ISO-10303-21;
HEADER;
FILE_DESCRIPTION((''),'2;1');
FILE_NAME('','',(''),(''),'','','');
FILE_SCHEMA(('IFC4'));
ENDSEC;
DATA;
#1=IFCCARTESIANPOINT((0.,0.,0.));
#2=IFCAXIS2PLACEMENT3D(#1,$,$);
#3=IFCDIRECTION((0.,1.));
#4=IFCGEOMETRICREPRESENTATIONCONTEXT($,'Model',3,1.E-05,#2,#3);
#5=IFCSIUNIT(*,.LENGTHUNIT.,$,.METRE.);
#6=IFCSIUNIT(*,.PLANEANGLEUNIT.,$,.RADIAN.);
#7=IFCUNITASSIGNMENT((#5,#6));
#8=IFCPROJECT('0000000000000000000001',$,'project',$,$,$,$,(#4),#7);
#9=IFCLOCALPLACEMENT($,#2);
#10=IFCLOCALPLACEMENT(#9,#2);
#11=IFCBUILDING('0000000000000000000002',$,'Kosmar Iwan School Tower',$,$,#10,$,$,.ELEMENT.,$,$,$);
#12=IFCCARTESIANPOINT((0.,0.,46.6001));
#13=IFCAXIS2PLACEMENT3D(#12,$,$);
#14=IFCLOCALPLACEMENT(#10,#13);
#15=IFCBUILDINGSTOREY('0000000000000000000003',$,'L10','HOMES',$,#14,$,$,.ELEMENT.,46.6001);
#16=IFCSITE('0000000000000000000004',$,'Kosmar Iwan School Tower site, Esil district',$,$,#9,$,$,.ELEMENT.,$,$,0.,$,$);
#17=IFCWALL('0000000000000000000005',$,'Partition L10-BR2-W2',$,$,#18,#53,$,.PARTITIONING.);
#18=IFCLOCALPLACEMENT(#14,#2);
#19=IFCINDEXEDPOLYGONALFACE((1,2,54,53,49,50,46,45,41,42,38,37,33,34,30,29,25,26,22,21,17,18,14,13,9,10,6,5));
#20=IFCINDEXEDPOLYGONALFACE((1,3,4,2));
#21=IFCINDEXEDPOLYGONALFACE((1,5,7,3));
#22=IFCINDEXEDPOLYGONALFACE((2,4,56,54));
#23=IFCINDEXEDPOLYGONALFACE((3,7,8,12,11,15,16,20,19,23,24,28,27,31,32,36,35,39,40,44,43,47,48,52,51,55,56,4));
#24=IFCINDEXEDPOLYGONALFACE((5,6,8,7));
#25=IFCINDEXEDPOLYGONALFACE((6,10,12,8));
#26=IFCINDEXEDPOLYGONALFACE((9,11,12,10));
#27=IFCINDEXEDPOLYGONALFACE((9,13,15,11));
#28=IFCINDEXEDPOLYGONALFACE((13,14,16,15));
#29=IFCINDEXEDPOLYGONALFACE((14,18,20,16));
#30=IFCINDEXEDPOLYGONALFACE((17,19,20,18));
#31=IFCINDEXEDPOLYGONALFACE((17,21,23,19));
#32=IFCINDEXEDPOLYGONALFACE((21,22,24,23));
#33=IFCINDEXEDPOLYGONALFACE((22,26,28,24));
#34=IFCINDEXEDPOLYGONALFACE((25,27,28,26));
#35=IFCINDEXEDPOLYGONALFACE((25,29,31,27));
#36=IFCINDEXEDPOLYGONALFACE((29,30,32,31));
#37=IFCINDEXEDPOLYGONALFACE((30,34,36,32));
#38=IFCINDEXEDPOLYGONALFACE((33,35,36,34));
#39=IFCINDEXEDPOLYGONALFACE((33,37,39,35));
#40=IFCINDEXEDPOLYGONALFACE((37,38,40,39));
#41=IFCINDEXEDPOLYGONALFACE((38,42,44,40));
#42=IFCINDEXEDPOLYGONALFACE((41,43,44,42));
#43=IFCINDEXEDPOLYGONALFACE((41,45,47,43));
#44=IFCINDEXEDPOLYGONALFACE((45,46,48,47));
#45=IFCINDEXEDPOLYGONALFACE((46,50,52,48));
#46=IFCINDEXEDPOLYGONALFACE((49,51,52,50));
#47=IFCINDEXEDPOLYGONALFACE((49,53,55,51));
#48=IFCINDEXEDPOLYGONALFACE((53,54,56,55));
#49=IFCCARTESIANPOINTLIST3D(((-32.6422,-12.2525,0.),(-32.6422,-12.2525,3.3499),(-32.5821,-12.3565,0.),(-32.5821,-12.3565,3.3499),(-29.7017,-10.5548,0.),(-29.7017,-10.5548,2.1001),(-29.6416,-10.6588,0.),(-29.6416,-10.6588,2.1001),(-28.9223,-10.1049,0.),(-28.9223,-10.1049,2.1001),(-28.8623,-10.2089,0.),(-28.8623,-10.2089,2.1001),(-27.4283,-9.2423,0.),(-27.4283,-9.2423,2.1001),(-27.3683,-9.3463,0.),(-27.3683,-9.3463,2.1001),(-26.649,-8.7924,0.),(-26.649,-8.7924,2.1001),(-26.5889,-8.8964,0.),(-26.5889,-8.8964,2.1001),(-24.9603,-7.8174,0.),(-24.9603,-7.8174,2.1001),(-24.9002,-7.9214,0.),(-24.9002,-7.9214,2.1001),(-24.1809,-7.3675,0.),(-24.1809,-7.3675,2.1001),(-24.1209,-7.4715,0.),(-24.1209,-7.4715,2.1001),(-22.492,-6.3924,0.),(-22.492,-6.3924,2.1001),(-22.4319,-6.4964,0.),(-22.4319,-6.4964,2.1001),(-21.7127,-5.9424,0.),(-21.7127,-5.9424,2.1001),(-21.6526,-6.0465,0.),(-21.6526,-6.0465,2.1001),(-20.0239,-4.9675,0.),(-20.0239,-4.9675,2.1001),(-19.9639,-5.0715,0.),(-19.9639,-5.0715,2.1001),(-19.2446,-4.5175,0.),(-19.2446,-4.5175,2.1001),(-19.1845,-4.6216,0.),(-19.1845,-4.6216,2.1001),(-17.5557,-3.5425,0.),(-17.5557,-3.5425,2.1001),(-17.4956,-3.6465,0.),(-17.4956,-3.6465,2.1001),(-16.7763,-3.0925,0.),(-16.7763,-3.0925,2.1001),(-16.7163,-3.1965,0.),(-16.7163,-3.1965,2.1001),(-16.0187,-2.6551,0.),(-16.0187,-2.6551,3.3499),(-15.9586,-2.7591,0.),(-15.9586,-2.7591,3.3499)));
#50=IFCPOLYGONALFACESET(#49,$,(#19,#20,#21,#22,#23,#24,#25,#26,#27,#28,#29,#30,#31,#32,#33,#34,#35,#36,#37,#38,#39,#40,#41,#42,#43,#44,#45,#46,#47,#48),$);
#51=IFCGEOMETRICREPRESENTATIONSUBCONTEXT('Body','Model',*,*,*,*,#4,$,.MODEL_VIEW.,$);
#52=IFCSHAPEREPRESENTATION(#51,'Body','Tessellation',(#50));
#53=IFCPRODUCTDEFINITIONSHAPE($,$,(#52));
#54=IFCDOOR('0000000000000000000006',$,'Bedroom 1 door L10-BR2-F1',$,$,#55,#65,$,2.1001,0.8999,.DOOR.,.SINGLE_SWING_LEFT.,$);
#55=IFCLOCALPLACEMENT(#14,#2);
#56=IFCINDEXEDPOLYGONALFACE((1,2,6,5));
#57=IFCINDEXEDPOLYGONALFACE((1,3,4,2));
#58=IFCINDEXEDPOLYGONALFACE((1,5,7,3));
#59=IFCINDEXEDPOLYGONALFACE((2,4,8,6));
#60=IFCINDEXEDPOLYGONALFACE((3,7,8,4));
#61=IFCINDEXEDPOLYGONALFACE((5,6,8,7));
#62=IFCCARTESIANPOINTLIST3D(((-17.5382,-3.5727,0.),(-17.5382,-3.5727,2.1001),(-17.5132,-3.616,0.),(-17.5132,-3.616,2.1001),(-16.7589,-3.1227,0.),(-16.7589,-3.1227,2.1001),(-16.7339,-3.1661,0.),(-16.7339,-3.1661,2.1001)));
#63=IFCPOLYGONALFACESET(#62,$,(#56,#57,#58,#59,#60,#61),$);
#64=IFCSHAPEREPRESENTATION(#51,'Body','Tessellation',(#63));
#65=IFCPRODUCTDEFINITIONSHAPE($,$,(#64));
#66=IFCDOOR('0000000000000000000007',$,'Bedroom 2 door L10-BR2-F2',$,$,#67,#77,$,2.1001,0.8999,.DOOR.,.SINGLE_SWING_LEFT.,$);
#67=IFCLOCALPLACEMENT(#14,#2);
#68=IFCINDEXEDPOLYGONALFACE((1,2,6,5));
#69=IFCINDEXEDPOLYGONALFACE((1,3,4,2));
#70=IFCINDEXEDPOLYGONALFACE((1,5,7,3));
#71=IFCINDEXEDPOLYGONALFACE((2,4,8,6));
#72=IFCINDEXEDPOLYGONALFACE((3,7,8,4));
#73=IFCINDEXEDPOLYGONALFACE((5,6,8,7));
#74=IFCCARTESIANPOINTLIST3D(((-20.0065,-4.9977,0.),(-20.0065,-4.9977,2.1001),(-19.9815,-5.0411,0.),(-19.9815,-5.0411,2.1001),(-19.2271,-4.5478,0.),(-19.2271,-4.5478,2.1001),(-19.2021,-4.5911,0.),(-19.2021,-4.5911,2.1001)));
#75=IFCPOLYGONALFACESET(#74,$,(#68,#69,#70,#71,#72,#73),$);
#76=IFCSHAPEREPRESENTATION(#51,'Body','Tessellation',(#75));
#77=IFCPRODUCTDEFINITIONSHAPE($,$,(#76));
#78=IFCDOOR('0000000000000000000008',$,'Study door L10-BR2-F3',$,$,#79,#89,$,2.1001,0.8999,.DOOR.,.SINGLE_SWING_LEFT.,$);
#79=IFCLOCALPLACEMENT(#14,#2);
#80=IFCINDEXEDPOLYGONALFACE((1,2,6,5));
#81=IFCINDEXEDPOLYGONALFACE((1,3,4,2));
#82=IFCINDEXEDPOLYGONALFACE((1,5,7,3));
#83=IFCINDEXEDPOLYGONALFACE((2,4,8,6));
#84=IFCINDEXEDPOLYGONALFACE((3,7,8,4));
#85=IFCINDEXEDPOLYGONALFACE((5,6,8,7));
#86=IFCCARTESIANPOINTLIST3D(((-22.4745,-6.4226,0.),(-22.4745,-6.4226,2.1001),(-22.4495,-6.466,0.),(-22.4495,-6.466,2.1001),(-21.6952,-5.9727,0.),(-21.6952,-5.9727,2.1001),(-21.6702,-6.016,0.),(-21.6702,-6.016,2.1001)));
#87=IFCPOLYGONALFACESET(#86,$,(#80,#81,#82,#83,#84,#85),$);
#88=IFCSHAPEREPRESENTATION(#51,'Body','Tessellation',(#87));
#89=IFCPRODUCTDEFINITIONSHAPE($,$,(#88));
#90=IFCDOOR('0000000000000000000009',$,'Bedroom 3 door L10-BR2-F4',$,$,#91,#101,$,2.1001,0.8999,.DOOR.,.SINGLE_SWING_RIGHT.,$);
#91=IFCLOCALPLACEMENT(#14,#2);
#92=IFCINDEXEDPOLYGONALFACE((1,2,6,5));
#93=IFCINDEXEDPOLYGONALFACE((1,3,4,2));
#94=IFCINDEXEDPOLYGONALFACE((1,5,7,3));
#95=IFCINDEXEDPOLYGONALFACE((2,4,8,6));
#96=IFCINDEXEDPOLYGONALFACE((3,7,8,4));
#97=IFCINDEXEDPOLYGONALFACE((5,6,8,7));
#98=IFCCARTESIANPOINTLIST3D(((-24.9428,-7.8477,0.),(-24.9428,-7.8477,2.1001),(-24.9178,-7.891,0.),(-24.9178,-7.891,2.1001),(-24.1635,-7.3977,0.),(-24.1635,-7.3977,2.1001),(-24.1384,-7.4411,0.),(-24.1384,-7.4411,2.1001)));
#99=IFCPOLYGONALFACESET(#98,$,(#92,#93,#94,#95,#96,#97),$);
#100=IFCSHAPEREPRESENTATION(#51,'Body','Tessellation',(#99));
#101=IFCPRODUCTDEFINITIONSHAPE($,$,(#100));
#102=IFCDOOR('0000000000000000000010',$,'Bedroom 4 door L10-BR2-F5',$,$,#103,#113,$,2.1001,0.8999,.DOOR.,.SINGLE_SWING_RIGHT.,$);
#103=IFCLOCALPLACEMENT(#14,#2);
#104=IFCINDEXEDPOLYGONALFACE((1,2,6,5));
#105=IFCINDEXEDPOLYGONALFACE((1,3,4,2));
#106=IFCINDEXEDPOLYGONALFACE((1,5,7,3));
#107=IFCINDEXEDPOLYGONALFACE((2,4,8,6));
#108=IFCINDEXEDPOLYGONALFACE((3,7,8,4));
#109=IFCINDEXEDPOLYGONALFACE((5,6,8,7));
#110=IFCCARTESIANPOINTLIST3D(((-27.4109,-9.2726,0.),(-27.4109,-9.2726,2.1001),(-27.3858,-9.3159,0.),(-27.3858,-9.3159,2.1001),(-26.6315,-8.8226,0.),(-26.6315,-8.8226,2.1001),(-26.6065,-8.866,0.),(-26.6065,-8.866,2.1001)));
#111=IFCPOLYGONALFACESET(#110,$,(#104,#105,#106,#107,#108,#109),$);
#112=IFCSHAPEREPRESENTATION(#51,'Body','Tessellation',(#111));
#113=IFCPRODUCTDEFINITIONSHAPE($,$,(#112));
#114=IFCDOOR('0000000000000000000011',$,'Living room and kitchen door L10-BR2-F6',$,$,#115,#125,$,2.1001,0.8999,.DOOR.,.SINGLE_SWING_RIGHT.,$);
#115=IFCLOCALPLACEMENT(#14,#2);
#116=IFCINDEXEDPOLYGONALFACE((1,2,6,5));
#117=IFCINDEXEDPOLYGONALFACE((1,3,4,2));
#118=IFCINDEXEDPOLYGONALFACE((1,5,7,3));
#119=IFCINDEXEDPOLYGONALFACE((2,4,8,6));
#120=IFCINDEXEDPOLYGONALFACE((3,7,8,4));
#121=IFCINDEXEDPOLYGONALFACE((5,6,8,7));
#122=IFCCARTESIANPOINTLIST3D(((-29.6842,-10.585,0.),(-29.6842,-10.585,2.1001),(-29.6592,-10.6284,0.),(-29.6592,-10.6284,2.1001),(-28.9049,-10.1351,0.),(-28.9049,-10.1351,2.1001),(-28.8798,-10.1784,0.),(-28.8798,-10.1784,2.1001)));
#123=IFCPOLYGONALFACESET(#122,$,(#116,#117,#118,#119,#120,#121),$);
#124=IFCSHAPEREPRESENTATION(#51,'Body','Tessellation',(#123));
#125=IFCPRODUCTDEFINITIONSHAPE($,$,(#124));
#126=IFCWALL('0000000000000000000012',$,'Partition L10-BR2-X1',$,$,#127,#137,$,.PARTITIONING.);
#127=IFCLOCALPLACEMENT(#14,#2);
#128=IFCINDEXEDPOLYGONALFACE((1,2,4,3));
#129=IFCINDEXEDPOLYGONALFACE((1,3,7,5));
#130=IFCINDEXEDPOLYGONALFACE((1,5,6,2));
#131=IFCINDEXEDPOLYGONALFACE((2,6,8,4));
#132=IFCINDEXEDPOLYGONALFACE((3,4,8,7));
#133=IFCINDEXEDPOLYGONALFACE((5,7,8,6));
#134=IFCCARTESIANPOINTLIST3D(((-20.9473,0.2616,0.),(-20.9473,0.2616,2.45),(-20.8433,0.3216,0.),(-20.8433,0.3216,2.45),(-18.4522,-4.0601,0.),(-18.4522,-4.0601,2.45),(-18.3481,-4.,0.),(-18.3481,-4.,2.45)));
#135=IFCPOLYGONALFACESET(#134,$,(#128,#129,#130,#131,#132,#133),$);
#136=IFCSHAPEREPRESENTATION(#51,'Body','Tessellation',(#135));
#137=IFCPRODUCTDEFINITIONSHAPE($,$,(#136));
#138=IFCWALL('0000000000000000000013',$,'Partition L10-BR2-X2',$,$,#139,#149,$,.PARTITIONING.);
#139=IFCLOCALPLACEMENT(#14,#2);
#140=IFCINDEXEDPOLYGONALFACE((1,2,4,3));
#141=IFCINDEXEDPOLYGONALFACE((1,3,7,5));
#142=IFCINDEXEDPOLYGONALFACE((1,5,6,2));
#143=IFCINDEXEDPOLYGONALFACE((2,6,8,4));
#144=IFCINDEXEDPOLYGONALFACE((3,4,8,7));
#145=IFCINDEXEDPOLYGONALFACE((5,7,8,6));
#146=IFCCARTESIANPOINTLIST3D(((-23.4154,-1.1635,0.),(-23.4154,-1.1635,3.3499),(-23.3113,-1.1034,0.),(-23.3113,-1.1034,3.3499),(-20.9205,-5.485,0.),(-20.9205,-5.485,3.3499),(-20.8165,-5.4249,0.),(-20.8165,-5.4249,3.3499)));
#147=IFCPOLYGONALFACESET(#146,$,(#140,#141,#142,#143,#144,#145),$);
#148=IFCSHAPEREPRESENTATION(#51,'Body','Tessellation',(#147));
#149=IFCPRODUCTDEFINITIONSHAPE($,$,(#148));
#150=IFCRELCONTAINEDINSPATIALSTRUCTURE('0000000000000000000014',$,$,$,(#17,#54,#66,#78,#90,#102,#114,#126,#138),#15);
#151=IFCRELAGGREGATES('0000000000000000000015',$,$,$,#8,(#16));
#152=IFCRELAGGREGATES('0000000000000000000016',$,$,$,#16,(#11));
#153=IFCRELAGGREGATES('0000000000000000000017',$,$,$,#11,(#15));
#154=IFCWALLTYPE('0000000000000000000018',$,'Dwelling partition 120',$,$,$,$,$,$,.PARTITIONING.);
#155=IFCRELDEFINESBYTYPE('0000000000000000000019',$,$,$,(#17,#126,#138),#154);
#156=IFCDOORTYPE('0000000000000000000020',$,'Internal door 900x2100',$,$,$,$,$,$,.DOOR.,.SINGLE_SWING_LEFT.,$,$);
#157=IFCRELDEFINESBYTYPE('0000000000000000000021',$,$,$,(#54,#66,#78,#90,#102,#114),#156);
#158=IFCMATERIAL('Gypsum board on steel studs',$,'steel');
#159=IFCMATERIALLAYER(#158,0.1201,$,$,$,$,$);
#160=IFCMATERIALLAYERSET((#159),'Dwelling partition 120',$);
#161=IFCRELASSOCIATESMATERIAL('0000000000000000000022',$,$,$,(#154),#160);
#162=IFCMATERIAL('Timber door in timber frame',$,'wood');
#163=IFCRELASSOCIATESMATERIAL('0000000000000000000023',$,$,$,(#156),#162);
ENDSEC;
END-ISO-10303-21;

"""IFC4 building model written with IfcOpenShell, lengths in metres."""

from ifc_helpers import new_model, si_unit, direction, frame, frame_2d, origin, place, context, subcontext, project, spatial, rectangle, extrude, material, layer, layer_set, type_object, element, fill, save


model = new_model("IFC4")

# Units and contexts
model_context = context("Model", 3, precision=1e-05, world=origin(), true_north=direction((0.0, 1.0)))
body_context = subcontext(model_context, "Body", "Model", "MODEL_VIEW")
ifc_project = project(units=[si_unit("LENGTHUNIT", "METRE"), si_unit("PLANEANGLEUNIT", "RADIAN")], contexts=[model_context])

# Site, building, storey
site_placement = place(None, origin())
site = spatial("IfcSite", under=ifc_project, at=site_placement, Name="Kosmar Iwan School Tower site, Esil district", CompositionType="ELEMENT", RefElevation=0.0)
building_placement = place(site_placement, origin())
building = spatial("IfcBuilding", under=site, at=building_placement, Name="Kosmar Iwan School Tower", CompositionType="ELEMENT")
storey_placement = place(building_placement, frame((0.0, 0.0, 46.6001)))
storey = spatial("IfcBuildingStorey", under=building, at=storey_placement, Name="L10", Description="HOMES", CompositionType="ELEMENT", Elevation=46.6001)

# Wall, openings, doors
ifc_material_1 = material(Name="Gypsum board on steel studs", Category="steel")
ifc_layer = layer(ifc_material_1, 0.1201)
ifc_layer_set = layer_set([ifc_layer], Name="Dwelling partition 120")
wall_type = type_object("IfcWallType", Name="Dwelling partition 120", PredefinedType="PARTITIONING", material=ifc_layer_set)
wall_1_placement = place(storey_placement, frame((-15.9885, -2.707, 0.0), z_axis=(0.0, 0.0, 1.0), x_axis=(-0.86603, -0.499993, 0.0)))
wall_1 = element("IfcWall", 1, at=wall_1_placement, inside=storey, type_object=wall_type, Name="Partition L10-BR2-W2", PredefinedType="PARTITIONING", context=body_context, shape_type="SweptSolid", body=[
    extrude(rectangle(XDim=19.1951, YDim=0.1201, at=frame_2d((9.5977, 0.0))), origin(), (0.0, 0.0, 1.0), 3.3499),
])
opening_1_placement = place(wall_1_placement, frame((0.875, 0.0, 0.0)))
opening_1 = element("IfcOpeningElement", 2, at=opening_1_placement, cuts=wall_1, PredefinedType="OPENING", context=body_context, shape_type="SweptSolid", body=[
    extrude(rectangle(XDim=0.8999, YDim=2.1001, at=frame_2d((0.45, 1.05))), frame((0.0, 0.072, 0.0), z_axis=(0.0, -1.0, 0.0), x_axis=(1.0, 0.0, 0.0)), (0.0, 0.0, 1.0), 0.144),
])
opening_2_placement = place(wall_1_placement, frame((3.7251, 0.0, 0.0)))
opening_2 = element("IfcOpeningElement", 3, at=opening_2_placement, cuts=wall_1, PredefinedType="OPENING", context=body_context, shape_type="SweptSolid", body=[
    extrude(rectangle(XDim=0.8999, YDim=2.1001, at=frame_2d((0.45, 1.05))), frame((0.0, 0.072, 0.0), z_axis=(0.0, -1.0, 0.0), x_axis=(1.0, 0.0, 0.0)), (0.0, 0.0, 1.0), 0.144),
])
opening_3_placement = place(wall_1_placement, frame((6.575, 0.0, 0.0)))
opening_3 = element("IfcOpeningElement", 4, at=opening_3_placement, cuts=wall_1, PredefinedType="OPENING", context=body_context, shape_type="SweptSolid", body=[
    extrude(rectangle(XDim=0.8999, YDim=2.1001, at=frame_2d((0.45, 1.05))), frame((0.0, 0.072, 0.0), z_axis=(0.0, -1.0, 0.0), x_axis=(1.0, 0.0, 0.0)), (0.0, 0.0, 1.0), 0.144),
])
opening_4_placement = place(wall_1_placement, frame((9.425, 0.0, 0.0)))
opening_4 = element("IfcOpeningElement", 5, at=opening_4_placement, cuts=wall_1, PredefinedType="OPENING", context=body_context, shape_type="SweptSolid", body=[
    extrude(rectangle(XDim=0.8999, YDim=2.1001, at=frame_2d((0.45, 1.05))), frame((0.0, 0.072, 0.0), z_axis=(0.0, -1.0, 0.0), x_axis=(1.0, 0.0, 0.0)), (0.0, 0.0, 1.0), 0.144),
])
opening_5_placement = place(wall_1_placement, frame((12.2749, 0.0, 0.0)))
opening_5 = element("IfcOpeningElement", 6, at=opening_5_placement, cuts=wall_1, PredefinedType="OPENING", context=body_context, shape_type="SweptSolid", body=[
    extrude(rectangle(XDim=0.8999, YDim=2.1001, at=frame_2d((0.45, 1.05))), frame((0.0, 0.072, 0.0), z_axis=(0.0, -1.0, 0.0), x_axis=(1.0, 0.0, 0.0)), (0.0, 0.0, 1.0), 0.144),
])
opening_6_placement = place(wall_1_placement, frame((14.8999, 0.0, 0.0)))
opening_6 = element("IfcOpeningElement", 7, at=opening_6_placement, cuts=wall_1, PredefinedType="OPENING", context=body_context, shape_type="SweptSolid", body=[
    extrude(rectangle(XDim=0.8999, YDim=2.1001, at=frame_2d((0.45, 1.05))), frame((0.0, 0.072, 0.0), z_axis=(0.0, -1.0, 0.0), x_axis=(1.0, 0.0, 0.0)), (0.0, 0.0, 1.0), 0.144),
])
ifc_material_2 = material(Name="Timber door in timber frame", Category="wood")
door_type = type_object("IfcDoorType", Name="Internal door 900x2100", OperationType="SINGLE_SWING_LEFT", PredefinedType="DOOR", material=ifc_material_2)
door_1_placement = place(opening_1_placement, origin())
door_1 = element("IfcDoor", 8, at=door_1_placement, inside=storey, type_object=door_type, Name="Bedroom 1 door L10-BR2-F1", OperationType="SINGLE_SWING_LEFT", OverallHeight=2.1001, OverallWidth=0.8999, PredefinedType="DOOR", context=body_context, shape_type="SweptSolid", body=[
    extrude(rectangle(XDim=0.8999, YDim=2.1001, at=frame_2d((0.45, 1.05))), frame((0.0, 0.0249, 0.0), z_axis=(0.0, -1.0, 0.0), x_axis=(1.0, 0.0, 0.0)), (0.0, 0.0, 1.0), 0.05),
])
fill(opening_1, door_1)
door_2_placement = place(opening_2_placement, origin())
door_2 = element("IfcDoor", 9, at=door_2_placement, inside=storey, type_object=door_type, Name="Bedroom 2 door L10-BR2-F2", OperationType="SINGLE_SWING_LEFT", OverallHeight=2.1001, OverallWidth=0.8999, PredefinedType="DOOR", context=body_context, shape_type="SweptSolid", body=[
    extrude(rectangle(XDim=0.8999, YDim=2.1001, at=frame_2d((0.45, 1.05))), frame((0.0, 0.0249, 0.0), z_axis=(0.0, -1.0, 0.0), x_axis=(1.0, 0.0, 0.0)), (0.0, 0.0, 1.0), 0.05),
])
fill(opening_2, door_2)
door_3_placement = place(opening_3_placement, origin())
door_3 = element("IfcDoor", 10, at=door_3_placement, inside=storey, type_object=door_type, Name="Study door L10-BR2-F3", OperationType="SINGLE_SWING_LEFT", OverallHeight=2.1001, OverallWidth=0.8999, PredefinedType="DOOR", context=body_context, shape_type="SweptSolid", body=[
    extrude(rectangle(XDim=0.8999, YDim=2.1001, at=frame_2d((0.45, 1.05))), frame((0.0, 0.0249, 0.0), z_axis=(0.0, -1.0, 0.0), x_axis=(1.0, 0.0, 0.0)), (0.0, 0.0, 1.0), 0.05),
])
fill(opening_3, door_3)
door_4_placement = place(opening_4_placement, origin())
door_4 = element("IfcDoor", 11, at=door_4_placement, inside=storey, type_object=door_type, Name="Bedroom 3 door L10-BR2-F4", OperationType="SINGLE_SWING_RIGHT", OverallHeight=2.1001, OverallWidth=0.8999, PredefinedType="DOOR", context=body_context, shape_type="SweptSolid", body=[
    extrude(rectangle(XDim=0.8999, YDim=2.1001, at=frame_2d((0.45, 1.05))), frame((0.0, 0.0249, 0.0), z_axis=(0.0, -1.0, 0.0), x_axis=(1.0, 0.0, 0.0)), (0.0, 0.0, 1.0), 0.05),
])
fill(opening_4, door_4)
door_5_placement = place(opening_5_placement, origin())
door_5 = element("IfcDoor", 12, at=door_5_placement, inside=storey, type_object=door_type, Name="Bedroom 4 door L10-BR2-F5", OperationType="SINGLE_SWING_RIGHT", OverallHeight=2.1001, OverallWidth=0.8999, PredefinedType="DOOR", context=body_context, shape_type="SweptSolid", body=[
    extrude(rectangle(XDim=0.8999, YDim=2.1001, at=frame_2d((0.45, 1.05))), frame((0.0, 0.0249, 0.0), z_axis=(0.0, -1.0, 0.0), x_axis=(1.0, 0.0, 0.0)), (0.0, 0.0, 1.0), 0.05),
])
fill(opening_5, door_5)
door_6_placement = place(opening_6_placement, origin())
door_6 = element("IfcDoor", 13, at=door_6_placement, inside=storey, type_object=door_type, Name="Living room and kitchen door L10-BR2-F6", OperationType="SINGLE_SWING_RIGHT", OverallHeight=2.1001, OverallWidth=0.8999, PredefinedType="DOOR", context=body_context, shape_type="SweptSolid", body=[
    extrude(rectangle(XDim=0.8999, YDim=2.1001, at=frame_2d((0.45, 1.05))), frame((0.0, 0.0249, 0.0), z_axis=(0.0, -1.0, 0.0), x_axis=(1.0, 0.0, 0.0)), (0.0, 0.0, 1.0), 0.05),
])
fill(opening_6, door_6)

# Walls
wall_2_placement = place(storey_placement, frame((-18.4001, -4.03, 0.0), z_axis=(0.0, 0.0, 1.0), x_axis=(-0.500012, 0.866019, 0.0)))
element("IfcWall", 14, at=wall_2_placement, inside=storey, type_object=wall_type, Name="Partition L10-BR2-X1", PredefinedType="PARTITIONING", context=body_context, shape_type="SweptSolid", body=[
    extrude(rectangle(XDim=4.9902, YDim=0.1201, at=frame_2d((2.4951, 0.0))), origin(), (0.0, 0.0, 1.0), 2.45),
])
wall_3_placement = place(storey_placement, frame((-20.8684, -5.4551, 0.0), z_axis=(0.0, 0.0, 1.0), x_axis=(-0.499975, 0.86604, 0.0)))
element("IfcWall", 15, at=wall_3_placement, inside=storey, type_object=wall_type, Name="Partition L10-BR2-X2", PredefinedType="PARTITIONING", context=body_context, shape_type="SweptSolid", body=[
    extrude(rectangle(XDim=4.99, YDim=0.1201, at=frame_2d((2.4951, 0.0))), origin(), (0.0, 0.0, 1.0), 3.3499),
])

save(model, "model.ifc")
